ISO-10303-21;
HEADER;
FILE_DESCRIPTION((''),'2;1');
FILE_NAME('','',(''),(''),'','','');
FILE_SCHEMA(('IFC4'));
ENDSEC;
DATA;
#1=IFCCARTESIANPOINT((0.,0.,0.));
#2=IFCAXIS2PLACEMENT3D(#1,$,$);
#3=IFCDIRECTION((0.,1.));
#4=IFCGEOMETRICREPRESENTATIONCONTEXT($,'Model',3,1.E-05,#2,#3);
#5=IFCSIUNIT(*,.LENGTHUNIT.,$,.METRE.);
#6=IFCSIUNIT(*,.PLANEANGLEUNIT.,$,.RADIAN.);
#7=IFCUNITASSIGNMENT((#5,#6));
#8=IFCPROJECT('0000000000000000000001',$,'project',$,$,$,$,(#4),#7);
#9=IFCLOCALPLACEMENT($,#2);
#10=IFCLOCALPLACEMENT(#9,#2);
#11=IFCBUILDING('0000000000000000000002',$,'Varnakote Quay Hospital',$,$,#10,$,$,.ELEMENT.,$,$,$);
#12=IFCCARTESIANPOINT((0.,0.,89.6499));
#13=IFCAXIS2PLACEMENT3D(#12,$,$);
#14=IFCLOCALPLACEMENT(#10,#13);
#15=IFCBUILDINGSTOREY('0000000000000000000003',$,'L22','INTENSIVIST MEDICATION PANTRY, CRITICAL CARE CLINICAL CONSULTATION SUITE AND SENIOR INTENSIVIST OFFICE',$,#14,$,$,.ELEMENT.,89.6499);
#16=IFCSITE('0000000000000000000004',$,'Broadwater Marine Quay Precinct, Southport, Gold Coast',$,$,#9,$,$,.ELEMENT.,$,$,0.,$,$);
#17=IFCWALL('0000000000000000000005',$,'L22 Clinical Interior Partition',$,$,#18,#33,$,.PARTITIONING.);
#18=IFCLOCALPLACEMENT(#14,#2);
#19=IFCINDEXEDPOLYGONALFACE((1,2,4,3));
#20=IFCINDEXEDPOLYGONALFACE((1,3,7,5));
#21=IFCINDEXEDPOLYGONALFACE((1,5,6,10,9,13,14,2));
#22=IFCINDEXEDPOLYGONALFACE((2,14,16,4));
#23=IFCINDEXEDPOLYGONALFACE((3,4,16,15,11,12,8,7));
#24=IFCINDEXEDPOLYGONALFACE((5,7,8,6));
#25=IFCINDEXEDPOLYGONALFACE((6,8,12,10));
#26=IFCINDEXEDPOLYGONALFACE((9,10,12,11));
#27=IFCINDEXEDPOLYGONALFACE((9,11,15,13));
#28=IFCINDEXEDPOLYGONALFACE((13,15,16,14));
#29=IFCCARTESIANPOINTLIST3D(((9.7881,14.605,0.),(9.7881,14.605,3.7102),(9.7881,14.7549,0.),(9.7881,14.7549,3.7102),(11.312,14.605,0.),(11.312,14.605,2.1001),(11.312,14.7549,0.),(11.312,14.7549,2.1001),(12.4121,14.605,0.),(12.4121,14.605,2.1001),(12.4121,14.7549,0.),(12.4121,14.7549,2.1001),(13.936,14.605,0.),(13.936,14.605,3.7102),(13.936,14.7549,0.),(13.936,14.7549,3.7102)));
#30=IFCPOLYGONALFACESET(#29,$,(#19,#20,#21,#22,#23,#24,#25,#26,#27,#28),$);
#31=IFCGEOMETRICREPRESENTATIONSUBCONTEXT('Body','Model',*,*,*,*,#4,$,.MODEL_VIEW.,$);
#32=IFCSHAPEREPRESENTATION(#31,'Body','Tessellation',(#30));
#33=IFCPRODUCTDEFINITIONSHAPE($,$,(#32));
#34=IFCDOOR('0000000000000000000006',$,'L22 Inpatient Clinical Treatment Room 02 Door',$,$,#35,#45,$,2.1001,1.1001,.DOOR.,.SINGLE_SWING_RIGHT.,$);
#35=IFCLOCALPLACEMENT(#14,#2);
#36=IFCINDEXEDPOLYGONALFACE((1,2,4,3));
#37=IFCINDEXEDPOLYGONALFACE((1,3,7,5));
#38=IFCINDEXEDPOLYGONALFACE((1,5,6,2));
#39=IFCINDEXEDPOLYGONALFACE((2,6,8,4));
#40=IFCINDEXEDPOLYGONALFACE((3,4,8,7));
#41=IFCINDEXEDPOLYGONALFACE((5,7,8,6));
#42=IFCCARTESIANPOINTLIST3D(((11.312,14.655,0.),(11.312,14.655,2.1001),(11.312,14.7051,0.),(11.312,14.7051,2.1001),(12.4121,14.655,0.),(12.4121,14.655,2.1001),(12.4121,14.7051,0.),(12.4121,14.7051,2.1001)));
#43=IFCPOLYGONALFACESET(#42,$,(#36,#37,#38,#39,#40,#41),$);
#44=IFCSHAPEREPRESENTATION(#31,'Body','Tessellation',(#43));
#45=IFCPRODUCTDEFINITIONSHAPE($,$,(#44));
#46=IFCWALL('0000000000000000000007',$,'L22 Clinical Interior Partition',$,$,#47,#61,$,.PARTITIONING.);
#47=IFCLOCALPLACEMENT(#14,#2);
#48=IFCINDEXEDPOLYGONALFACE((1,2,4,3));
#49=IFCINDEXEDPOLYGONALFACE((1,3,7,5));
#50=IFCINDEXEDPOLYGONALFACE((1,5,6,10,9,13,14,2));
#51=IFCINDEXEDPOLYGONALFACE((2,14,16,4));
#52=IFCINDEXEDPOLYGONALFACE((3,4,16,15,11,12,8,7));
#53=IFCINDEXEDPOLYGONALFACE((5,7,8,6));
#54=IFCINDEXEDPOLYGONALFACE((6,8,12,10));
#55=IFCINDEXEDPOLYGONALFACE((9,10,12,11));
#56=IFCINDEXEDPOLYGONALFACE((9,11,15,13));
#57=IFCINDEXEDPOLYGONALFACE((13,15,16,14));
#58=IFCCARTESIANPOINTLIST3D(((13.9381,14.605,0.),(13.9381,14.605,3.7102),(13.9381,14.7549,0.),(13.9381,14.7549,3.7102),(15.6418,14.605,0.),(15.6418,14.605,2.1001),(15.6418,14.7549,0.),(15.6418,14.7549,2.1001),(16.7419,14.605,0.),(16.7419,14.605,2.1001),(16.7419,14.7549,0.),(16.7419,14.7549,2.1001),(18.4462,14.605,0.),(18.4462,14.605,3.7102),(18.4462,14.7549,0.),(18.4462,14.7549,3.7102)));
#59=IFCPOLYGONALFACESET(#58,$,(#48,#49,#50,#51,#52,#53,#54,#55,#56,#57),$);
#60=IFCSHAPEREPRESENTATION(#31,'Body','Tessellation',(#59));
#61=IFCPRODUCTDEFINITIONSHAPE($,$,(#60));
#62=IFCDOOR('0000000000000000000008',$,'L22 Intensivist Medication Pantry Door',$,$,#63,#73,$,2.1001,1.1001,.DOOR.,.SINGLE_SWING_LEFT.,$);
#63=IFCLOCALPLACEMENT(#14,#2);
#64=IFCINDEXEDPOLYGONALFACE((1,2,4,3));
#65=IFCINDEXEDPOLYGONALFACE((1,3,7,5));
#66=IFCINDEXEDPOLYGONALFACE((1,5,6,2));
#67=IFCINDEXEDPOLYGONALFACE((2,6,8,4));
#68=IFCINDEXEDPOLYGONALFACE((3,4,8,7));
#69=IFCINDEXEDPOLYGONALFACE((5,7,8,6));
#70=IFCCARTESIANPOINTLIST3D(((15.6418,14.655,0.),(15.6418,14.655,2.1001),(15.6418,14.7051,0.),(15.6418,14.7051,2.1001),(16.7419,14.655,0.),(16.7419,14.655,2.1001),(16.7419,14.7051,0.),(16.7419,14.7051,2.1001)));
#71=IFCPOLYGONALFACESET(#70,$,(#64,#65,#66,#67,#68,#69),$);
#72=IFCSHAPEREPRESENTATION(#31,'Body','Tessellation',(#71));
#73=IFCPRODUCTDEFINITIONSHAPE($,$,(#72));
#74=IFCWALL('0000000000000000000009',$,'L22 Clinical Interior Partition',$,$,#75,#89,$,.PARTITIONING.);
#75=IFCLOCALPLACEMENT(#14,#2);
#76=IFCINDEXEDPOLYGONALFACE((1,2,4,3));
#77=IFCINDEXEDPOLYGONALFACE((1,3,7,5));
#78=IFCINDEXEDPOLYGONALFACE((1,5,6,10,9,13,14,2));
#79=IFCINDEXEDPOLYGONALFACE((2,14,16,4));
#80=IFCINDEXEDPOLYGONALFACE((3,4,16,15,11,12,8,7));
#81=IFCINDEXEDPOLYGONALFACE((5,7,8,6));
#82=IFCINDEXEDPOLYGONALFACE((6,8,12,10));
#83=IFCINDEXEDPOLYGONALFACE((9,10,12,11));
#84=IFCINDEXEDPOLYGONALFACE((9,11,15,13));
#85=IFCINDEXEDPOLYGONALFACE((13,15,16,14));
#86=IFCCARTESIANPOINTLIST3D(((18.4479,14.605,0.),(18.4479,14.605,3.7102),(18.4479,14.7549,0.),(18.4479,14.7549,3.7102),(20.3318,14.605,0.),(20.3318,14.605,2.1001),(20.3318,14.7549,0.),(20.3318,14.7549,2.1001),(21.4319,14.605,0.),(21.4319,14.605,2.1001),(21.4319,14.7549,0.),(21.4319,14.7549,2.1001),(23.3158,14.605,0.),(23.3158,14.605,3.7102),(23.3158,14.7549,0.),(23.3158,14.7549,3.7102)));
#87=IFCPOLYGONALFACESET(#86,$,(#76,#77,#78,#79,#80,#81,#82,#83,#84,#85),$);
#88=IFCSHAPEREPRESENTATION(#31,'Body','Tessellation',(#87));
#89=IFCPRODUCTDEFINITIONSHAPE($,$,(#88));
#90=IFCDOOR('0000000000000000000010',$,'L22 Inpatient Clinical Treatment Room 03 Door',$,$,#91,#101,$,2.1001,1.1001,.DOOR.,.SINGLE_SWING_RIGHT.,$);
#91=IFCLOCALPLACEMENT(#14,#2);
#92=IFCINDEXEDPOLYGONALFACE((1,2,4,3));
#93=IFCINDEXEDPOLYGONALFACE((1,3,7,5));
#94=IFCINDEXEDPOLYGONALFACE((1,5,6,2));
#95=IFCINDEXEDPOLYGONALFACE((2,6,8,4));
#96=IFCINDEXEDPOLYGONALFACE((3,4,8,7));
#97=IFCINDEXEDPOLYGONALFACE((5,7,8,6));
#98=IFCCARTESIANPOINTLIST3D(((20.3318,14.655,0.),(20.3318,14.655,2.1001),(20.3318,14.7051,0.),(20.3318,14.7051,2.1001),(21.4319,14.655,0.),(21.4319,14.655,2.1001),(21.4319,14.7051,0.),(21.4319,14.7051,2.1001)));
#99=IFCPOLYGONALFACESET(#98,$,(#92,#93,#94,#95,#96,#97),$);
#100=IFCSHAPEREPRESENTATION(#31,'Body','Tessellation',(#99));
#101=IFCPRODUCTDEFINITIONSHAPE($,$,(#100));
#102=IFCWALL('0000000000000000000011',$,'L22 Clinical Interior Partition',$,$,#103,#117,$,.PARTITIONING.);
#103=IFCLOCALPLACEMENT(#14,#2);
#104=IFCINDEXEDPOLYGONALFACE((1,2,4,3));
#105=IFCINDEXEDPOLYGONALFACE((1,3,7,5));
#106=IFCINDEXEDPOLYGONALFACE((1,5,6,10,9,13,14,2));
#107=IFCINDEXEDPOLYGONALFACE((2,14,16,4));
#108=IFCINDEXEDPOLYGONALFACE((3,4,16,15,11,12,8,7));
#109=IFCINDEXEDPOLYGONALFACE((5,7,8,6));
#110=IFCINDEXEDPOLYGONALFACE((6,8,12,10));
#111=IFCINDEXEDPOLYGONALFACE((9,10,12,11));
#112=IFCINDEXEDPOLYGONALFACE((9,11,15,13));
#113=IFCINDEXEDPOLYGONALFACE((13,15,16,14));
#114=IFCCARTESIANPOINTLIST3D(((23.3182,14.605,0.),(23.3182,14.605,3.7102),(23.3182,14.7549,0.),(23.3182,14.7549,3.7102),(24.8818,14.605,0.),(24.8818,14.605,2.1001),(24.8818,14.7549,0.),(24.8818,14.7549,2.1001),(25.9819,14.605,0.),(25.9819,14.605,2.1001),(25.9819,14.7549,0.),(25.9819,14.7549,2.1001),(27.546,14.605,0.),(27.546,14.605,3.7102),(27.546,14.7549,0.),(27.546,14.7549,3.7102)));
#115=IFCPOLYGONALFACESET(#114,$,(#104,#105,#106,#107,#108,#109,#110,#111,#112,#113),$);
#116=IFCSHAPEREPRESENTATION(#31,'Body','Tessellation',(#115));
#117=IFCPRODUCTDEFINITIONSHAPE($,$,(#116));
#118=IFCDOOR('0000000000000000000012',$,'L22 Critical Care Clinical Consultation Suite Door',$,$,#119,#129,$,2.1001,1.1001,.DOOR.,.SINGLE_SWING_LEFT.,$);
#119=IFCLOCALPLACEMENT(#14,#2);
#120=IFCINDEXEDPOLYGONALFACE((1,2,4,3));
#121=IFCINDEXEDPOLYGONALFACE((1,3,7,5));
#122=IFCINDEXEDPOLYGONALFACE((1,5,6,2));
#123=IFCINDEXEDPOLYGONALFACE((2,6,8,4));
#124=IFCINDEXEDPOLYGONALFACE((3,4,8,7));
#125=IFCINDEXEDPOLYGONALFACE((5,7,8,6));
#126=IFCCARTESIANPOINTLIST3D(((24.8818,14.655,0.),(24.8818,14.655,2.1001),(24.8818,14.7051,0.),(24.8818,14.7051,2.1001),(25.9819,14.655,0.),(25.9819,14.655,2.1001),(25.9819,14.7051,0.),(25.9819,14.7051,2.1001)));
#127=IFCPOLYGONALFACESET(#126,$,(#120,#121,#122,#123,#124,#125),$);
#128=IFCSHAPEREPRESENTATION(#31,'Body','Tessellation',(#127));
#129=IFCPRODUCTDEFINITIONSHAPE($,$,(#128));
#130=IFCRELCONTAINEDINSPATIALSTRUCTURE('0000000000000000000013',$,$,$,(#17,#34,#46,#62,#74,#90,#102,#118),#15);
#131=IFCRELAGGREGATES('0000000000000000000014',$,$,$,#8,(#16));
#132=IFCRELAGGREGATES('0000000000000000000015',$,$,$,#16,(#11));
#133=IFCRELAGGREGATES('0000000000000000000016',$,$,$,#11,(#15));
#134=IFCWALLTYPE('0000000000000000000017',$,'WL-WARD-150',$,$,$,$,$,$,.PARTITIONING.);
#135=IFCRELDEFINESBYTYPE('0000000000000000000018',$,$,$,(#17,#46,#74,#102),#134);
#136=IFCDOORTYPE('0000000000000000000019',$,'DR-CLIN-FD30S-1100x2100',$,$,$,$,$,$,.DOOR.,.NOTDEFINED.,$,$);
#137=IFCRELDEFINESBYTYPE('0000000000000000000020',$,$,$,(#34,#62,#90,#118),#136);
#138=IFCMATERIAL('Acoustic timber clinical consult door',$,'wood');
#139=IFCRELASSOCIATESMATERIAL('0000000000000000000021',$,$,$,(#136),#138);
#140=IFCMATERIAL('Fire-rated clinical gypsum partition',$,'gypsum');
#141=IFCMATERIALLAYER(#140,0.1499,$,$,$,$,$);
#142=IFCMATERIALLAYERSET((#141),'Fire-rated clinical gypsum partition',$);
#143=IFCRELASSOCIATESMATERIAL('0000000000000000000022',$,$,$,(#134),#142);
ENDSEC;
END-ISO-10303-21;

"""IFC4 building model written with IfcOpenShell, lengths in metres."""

from ifc_helpers import new_model, si_unit, direction, frame, frame_2d, origin, place, context, subcontext, project, spatial, rectangle, extrude, material, layer, layer_set, type_object, element, fill, save


model = new_model("IFC4")

# Units and contexts
model_context = context("Model", 3, precision=1e-05, world=origin(), true_north=direction((0.0, 1.0)))
body_context = subcontext(model_context, "Body", "Model", "MODEL_VIEW")
ifc_project = project(units=[si_unit("LENGTHUNIT", "METRE"), si_unit("PLANEANGLEUNIT", "RADIAN")], contexts=[model_context])

# Site, building, storey
site_placement = place(None, origin())
site = spatial("IfcSite", under=ifc_project, at=site_placement, Name="Broadwater Marine Quay Precinct, Southport, Gold Coast", CompositionType="ELEMENT", RefElevation=0.0)
building_placement = place(site_placement, origin())
building = spatial("IfcBuilding", under=site, at=building_placement, Name="Varnakote Quay Hospital", CompositionType="ELEMENT")
storey_placement = place(building_placement, frame((0.0, 0.0, 89.6499)))
storey = spatial("IfcBuildingStorey", under=building, at=storey_placement, Name="L22", Description="INTENSIVIST MEDICATION PANTRY, CRITICAL CARE CLINICAL CONSULTATION SUITE AND SENIOR INTENSIVIST OFFICE", CompositionType="ELEMENT", Elevation=89.6499)

# Shared definitions
ifc_material_1 = material(Name="Acoustic timber clinical consult door", Category="wood")
door_type_1 = type_object("IfcDoorType", Name="DR-CLIN-FD30S-1100x2100", OperationType="NOTDEFINED", PredefinedType="DOOR", material=ifc_material_1)

# Walls, openings, doors
ifc_material_2 = material(Name="Fire-rated clinical gypsum partition", Category="gypsum")
ifc_layer_1 = layer(ifc_material_2, 0.1499)
ifc_layer_set_1 = layer_set([ifc_layer_1], Name="Fire-rated clinical gypsum partition")
wall_type_1 = type_object("IfcWallType", Name="WL-WARD-150", PredefinedType="PARTITIONING", material=ifc_layer_set_1)
wall_1_placement = place(storey_placement, frame((13.936, 14.6799, 0.0), z_axis=(0.0, 0.0, 1.0), x_axis=(-1.0, 0.0, 0.0)))
wall_1 = element("IfcWall", 1, at=wall_1_placement, inside=storey, type_object=wall_type_1, Name="L22 Clinical Interior Partition", PredefinedType="PARTITIONING", context=body_context, shape_type="SweptSolid", body=[
    extrude(rectangle(XDim=4.1479, YDim=0.1499, at=frame_2d((2.074, 0.0))), origin(), (0.0, 0.0, 1.0), 3.7102),
])
opening_1_placement = place(wall_1_placement, frame((1.5239, 0.0, 0.0)))
opening_1 = element("IfcOpeningElement", 2, at=opening_1_placement, cuts=wall_1, PredefinedType="OPENING", context=body_context, shape_type="SweptSolid", body=[
    extrude(rectangle(XDim=1.1001, YDim=2.1001, at=frame_2d((0.55, 1.05))), frame((0.0, 0.085, 0.0), z_axis=(0.0, -1.0, 0.0), x_axis=(1.0, 0.0, 0.0)), (0.0, 0.0, 1.0), 0.1699),
])
door_1_placement = place(opening_1_placement, origin())
door_1 = element("IfcDoor", 3, at=door_1_placement, inside=storey, type_object=door_type_1, Name="L22 Inpatient Clinical Treatment Room 02 Door", OperationType="SINGLE_SWING_RIGHT", OverallHeight=2.1001, OverallWidth=1.1001, PredefinedType="DOOR", context=body_context, shape_type="SweptSolid", body=[
    extrude(rectangle(XDim=1.1001, YDim=2.1001, at=frame_2d((0.55, 1.05))), frame((0.0, 0.0249, 0.0), z_axis=(0.0, -1.0, 0.0), x_axis=(1.0, 0.0, 0.0)), (0.0, 0.0, 1.0), 0.05),
])
fill(opening_1, door_1)
wall_2_placement = place(storey_placement, frame((18.446, 14.6799, 0.0), z_axis=(0.0, 0.0, 1.0), x_axis=(-1.0, 0.0, 0.0)))
wall_2 = element("IfcWall", 4, at=wall_2_placement, inside=storey, type_object=wall_type_1, Name="L22 Clinical Interior Partition", PredefinedType="PARTITIONING", context=body_context, shape_type="SweptSolid", body=[
    extrude(rectangle(XDim=4.5081, YDim=0.1499, at=frame_2d((2.2539, 0.0))), origin(), (0.0, 0.0, 1.0), 3.7102),
])
opening_2_placement = place(wall_2_placement, frame((1.7041, 0.0, 0.0)))
opening_2 = element("IfcOpeningElement", 5, at=opening_2_placement, cuts=wall_2, PredefinedType="OPENING", context=body_context, shape_type="SweptSolid", body=[
    extrude(rectangle(XDim=1.1001, YDim=2.1001, at=frame_2d((0.55, 1.05))), frame((0.0, 0.085, 0.0), z_axis=(0.0, -1.0, 0.0), x_axis=(1.0, 0.0, 0.0)), (0.0, 0.0, 1.0), 0.1699),
])
door_2_placement = place(opening_2_placement, origin())
door_2 = element("IfcDoor", 6, at=door_2_placement, inside=storey, type_object=door_type_1, Name="L22 Intensivist Medication Pantry Door", OperationType="SINGLE_SWING_LEFT", OverallHeight=2.1001, OverallWidth=1.1001, PredefinedType="DOOR", context=body_context, shape_type="SweptSolid", body=[
    extrude(rectangle(XDim=1.1001, YDim=2.1001, at=frame_2d((0.55, 1.05))), frame((0.0, 0.0249, 0.0), z_axis=(0.0, -1.0, 0.0), x_axis=(1.0, 0.0, 0.0)), (0.0, 0.0, 1.0), 0.05),
])
fill(opening_2, door_2)
wall_3_placement = place(storey_placement, frame((23.3159, 14.6799, 0.0), z_axis=(0.0, 0.0, 1.0), x_axis=(-1.0, 0.0, 0.0)))
wall_3 = element("IfcWall", 7, at=wall_3_placement, inside=storey, type_object=wall_type_1, Name="L22 Clinical Interior Partition", PredefinedType="PARTITIONING", context=body_context, shape_type="SweptSolid", body=[
    extrude(rectangle(XDim=4.8679, YDim=0.1499, at=frame_2d((2.4341, 0.0))), origin(), (0.0, 0.0, 1.0), 3.7102),
])
opening_3_placement = place(wall_3_placement, frame((1.884, 0.0, 0.0)))
opening_3 = element("IfcOpeningElement", 8, at=opening_3_placement, cuts=wall_3, PredefinedType="OPENING", context=body_context, shape_type="SweptSolid", body=[
    extrude(rectangle(XDim=1.1001, YDim=2.1001, at=frame_2d((0.55, 1.05))), frame((0.0, 0.085, 0.0), z_axis=(0.0, -1.0, 0.0), x_axis=(1.0, 0.0, 0.0)), (0.0, 0.0, 1.0), 0.1699),
])
door_3_placement = place(opening_3_placement, origin())
door_3 = element("IfcDoor", 9, at=door_3_placement, inside=storey, type_object=door_type_1, Name="L22 Inpatient Clinical Treatment Room 03 Door", OperationType="SINGLE_SWING_RIGHT", OverallHeight=2.1001, OverallWidth=1.1001, PredefinedType="DOOR", context=body_context, shape_type="SweptSolid", body=[
    extrude(rectangle(XDim=1.1001, YDim=2.1001, at=frame_2d((0.55, 1.05))), frame((0.0, 0.0249, 0.0), z_axis=(0.0, -1.0, 0.0), x_axis=(1.0, 0.0, 0.0)), (0.0, 0.0, 1.0), 0.05),
])
fill(opening_3, door_3)
wall_4_placement = place(storey_placement, frame((27.5459, 14.6799, 0.0), z_axis=(0.0, 0.0, 1.0), x_axis=(-1.0, 0.0, 0.0)))
wall_4 = element("IfcWall", 10, at=wall_4_placement, inside=storey, type_object=wall_type_1, Name="L22 Clinical Interior Partition", PredefinedType="PARTITIONING", context=body_context, shape_type="SweptSolid", body=[
    extrude(rectangle(XDim=4.2278, YDim=0.1499, at=frame_2d((2.1138, 0.0))), origin(), (0.0, 0.0, 1.0), 3.7102),
])
opening_4_placement = place(wall_4_placement, frame((1.564, 0.0, 0.0)))
opening_4 = element("IfcOpeningElement", 11, at=opening_4_placement, cuts=wall_4, PredefinedType="OPENING", context=body_context, shape_type="SweptSolid", body=[
    extrude(rectangle(XDim=1.1001, YDim=2.1001, at=frame_2d((0.55, 1.05))), frame((0.0, 0.085, 0.0), z_axis=(0.0, -1.0, 0.0), x_axis=(1.0, 0.0, 0.0)), (0.0, 0.0, 1.0), 0.1699),
])
door_4_placement = place(opening_4_placement, origin())
door_4 = element("IfcDoor", 12, at=door_4_placement, inside=storey, type_object=door_type_1, Name="L22 Critical Care Clinical Consultation Suite Door", OperationType="SINGLE_SWING_LEFT", OverallHeight=2.1001, OverallWidth=1.1001, PredefinedType="DOOR", context=body_context, shape_type="SweptSolid", body=[
    extrude(rectangle(XDim=1.1001, YDim=2.1001, at=frame_2d((0.55, 1.05))), frame((0.0, 0.0249, 0.0), z_axis=(0.0, -1.0, 0.0), x_axis=(1.0, 0.0, 0.0)), (0.0, 0.0, 1.0), 0.05),
])
fill(opening_4, door_4)

save(model, "model.ifc")
